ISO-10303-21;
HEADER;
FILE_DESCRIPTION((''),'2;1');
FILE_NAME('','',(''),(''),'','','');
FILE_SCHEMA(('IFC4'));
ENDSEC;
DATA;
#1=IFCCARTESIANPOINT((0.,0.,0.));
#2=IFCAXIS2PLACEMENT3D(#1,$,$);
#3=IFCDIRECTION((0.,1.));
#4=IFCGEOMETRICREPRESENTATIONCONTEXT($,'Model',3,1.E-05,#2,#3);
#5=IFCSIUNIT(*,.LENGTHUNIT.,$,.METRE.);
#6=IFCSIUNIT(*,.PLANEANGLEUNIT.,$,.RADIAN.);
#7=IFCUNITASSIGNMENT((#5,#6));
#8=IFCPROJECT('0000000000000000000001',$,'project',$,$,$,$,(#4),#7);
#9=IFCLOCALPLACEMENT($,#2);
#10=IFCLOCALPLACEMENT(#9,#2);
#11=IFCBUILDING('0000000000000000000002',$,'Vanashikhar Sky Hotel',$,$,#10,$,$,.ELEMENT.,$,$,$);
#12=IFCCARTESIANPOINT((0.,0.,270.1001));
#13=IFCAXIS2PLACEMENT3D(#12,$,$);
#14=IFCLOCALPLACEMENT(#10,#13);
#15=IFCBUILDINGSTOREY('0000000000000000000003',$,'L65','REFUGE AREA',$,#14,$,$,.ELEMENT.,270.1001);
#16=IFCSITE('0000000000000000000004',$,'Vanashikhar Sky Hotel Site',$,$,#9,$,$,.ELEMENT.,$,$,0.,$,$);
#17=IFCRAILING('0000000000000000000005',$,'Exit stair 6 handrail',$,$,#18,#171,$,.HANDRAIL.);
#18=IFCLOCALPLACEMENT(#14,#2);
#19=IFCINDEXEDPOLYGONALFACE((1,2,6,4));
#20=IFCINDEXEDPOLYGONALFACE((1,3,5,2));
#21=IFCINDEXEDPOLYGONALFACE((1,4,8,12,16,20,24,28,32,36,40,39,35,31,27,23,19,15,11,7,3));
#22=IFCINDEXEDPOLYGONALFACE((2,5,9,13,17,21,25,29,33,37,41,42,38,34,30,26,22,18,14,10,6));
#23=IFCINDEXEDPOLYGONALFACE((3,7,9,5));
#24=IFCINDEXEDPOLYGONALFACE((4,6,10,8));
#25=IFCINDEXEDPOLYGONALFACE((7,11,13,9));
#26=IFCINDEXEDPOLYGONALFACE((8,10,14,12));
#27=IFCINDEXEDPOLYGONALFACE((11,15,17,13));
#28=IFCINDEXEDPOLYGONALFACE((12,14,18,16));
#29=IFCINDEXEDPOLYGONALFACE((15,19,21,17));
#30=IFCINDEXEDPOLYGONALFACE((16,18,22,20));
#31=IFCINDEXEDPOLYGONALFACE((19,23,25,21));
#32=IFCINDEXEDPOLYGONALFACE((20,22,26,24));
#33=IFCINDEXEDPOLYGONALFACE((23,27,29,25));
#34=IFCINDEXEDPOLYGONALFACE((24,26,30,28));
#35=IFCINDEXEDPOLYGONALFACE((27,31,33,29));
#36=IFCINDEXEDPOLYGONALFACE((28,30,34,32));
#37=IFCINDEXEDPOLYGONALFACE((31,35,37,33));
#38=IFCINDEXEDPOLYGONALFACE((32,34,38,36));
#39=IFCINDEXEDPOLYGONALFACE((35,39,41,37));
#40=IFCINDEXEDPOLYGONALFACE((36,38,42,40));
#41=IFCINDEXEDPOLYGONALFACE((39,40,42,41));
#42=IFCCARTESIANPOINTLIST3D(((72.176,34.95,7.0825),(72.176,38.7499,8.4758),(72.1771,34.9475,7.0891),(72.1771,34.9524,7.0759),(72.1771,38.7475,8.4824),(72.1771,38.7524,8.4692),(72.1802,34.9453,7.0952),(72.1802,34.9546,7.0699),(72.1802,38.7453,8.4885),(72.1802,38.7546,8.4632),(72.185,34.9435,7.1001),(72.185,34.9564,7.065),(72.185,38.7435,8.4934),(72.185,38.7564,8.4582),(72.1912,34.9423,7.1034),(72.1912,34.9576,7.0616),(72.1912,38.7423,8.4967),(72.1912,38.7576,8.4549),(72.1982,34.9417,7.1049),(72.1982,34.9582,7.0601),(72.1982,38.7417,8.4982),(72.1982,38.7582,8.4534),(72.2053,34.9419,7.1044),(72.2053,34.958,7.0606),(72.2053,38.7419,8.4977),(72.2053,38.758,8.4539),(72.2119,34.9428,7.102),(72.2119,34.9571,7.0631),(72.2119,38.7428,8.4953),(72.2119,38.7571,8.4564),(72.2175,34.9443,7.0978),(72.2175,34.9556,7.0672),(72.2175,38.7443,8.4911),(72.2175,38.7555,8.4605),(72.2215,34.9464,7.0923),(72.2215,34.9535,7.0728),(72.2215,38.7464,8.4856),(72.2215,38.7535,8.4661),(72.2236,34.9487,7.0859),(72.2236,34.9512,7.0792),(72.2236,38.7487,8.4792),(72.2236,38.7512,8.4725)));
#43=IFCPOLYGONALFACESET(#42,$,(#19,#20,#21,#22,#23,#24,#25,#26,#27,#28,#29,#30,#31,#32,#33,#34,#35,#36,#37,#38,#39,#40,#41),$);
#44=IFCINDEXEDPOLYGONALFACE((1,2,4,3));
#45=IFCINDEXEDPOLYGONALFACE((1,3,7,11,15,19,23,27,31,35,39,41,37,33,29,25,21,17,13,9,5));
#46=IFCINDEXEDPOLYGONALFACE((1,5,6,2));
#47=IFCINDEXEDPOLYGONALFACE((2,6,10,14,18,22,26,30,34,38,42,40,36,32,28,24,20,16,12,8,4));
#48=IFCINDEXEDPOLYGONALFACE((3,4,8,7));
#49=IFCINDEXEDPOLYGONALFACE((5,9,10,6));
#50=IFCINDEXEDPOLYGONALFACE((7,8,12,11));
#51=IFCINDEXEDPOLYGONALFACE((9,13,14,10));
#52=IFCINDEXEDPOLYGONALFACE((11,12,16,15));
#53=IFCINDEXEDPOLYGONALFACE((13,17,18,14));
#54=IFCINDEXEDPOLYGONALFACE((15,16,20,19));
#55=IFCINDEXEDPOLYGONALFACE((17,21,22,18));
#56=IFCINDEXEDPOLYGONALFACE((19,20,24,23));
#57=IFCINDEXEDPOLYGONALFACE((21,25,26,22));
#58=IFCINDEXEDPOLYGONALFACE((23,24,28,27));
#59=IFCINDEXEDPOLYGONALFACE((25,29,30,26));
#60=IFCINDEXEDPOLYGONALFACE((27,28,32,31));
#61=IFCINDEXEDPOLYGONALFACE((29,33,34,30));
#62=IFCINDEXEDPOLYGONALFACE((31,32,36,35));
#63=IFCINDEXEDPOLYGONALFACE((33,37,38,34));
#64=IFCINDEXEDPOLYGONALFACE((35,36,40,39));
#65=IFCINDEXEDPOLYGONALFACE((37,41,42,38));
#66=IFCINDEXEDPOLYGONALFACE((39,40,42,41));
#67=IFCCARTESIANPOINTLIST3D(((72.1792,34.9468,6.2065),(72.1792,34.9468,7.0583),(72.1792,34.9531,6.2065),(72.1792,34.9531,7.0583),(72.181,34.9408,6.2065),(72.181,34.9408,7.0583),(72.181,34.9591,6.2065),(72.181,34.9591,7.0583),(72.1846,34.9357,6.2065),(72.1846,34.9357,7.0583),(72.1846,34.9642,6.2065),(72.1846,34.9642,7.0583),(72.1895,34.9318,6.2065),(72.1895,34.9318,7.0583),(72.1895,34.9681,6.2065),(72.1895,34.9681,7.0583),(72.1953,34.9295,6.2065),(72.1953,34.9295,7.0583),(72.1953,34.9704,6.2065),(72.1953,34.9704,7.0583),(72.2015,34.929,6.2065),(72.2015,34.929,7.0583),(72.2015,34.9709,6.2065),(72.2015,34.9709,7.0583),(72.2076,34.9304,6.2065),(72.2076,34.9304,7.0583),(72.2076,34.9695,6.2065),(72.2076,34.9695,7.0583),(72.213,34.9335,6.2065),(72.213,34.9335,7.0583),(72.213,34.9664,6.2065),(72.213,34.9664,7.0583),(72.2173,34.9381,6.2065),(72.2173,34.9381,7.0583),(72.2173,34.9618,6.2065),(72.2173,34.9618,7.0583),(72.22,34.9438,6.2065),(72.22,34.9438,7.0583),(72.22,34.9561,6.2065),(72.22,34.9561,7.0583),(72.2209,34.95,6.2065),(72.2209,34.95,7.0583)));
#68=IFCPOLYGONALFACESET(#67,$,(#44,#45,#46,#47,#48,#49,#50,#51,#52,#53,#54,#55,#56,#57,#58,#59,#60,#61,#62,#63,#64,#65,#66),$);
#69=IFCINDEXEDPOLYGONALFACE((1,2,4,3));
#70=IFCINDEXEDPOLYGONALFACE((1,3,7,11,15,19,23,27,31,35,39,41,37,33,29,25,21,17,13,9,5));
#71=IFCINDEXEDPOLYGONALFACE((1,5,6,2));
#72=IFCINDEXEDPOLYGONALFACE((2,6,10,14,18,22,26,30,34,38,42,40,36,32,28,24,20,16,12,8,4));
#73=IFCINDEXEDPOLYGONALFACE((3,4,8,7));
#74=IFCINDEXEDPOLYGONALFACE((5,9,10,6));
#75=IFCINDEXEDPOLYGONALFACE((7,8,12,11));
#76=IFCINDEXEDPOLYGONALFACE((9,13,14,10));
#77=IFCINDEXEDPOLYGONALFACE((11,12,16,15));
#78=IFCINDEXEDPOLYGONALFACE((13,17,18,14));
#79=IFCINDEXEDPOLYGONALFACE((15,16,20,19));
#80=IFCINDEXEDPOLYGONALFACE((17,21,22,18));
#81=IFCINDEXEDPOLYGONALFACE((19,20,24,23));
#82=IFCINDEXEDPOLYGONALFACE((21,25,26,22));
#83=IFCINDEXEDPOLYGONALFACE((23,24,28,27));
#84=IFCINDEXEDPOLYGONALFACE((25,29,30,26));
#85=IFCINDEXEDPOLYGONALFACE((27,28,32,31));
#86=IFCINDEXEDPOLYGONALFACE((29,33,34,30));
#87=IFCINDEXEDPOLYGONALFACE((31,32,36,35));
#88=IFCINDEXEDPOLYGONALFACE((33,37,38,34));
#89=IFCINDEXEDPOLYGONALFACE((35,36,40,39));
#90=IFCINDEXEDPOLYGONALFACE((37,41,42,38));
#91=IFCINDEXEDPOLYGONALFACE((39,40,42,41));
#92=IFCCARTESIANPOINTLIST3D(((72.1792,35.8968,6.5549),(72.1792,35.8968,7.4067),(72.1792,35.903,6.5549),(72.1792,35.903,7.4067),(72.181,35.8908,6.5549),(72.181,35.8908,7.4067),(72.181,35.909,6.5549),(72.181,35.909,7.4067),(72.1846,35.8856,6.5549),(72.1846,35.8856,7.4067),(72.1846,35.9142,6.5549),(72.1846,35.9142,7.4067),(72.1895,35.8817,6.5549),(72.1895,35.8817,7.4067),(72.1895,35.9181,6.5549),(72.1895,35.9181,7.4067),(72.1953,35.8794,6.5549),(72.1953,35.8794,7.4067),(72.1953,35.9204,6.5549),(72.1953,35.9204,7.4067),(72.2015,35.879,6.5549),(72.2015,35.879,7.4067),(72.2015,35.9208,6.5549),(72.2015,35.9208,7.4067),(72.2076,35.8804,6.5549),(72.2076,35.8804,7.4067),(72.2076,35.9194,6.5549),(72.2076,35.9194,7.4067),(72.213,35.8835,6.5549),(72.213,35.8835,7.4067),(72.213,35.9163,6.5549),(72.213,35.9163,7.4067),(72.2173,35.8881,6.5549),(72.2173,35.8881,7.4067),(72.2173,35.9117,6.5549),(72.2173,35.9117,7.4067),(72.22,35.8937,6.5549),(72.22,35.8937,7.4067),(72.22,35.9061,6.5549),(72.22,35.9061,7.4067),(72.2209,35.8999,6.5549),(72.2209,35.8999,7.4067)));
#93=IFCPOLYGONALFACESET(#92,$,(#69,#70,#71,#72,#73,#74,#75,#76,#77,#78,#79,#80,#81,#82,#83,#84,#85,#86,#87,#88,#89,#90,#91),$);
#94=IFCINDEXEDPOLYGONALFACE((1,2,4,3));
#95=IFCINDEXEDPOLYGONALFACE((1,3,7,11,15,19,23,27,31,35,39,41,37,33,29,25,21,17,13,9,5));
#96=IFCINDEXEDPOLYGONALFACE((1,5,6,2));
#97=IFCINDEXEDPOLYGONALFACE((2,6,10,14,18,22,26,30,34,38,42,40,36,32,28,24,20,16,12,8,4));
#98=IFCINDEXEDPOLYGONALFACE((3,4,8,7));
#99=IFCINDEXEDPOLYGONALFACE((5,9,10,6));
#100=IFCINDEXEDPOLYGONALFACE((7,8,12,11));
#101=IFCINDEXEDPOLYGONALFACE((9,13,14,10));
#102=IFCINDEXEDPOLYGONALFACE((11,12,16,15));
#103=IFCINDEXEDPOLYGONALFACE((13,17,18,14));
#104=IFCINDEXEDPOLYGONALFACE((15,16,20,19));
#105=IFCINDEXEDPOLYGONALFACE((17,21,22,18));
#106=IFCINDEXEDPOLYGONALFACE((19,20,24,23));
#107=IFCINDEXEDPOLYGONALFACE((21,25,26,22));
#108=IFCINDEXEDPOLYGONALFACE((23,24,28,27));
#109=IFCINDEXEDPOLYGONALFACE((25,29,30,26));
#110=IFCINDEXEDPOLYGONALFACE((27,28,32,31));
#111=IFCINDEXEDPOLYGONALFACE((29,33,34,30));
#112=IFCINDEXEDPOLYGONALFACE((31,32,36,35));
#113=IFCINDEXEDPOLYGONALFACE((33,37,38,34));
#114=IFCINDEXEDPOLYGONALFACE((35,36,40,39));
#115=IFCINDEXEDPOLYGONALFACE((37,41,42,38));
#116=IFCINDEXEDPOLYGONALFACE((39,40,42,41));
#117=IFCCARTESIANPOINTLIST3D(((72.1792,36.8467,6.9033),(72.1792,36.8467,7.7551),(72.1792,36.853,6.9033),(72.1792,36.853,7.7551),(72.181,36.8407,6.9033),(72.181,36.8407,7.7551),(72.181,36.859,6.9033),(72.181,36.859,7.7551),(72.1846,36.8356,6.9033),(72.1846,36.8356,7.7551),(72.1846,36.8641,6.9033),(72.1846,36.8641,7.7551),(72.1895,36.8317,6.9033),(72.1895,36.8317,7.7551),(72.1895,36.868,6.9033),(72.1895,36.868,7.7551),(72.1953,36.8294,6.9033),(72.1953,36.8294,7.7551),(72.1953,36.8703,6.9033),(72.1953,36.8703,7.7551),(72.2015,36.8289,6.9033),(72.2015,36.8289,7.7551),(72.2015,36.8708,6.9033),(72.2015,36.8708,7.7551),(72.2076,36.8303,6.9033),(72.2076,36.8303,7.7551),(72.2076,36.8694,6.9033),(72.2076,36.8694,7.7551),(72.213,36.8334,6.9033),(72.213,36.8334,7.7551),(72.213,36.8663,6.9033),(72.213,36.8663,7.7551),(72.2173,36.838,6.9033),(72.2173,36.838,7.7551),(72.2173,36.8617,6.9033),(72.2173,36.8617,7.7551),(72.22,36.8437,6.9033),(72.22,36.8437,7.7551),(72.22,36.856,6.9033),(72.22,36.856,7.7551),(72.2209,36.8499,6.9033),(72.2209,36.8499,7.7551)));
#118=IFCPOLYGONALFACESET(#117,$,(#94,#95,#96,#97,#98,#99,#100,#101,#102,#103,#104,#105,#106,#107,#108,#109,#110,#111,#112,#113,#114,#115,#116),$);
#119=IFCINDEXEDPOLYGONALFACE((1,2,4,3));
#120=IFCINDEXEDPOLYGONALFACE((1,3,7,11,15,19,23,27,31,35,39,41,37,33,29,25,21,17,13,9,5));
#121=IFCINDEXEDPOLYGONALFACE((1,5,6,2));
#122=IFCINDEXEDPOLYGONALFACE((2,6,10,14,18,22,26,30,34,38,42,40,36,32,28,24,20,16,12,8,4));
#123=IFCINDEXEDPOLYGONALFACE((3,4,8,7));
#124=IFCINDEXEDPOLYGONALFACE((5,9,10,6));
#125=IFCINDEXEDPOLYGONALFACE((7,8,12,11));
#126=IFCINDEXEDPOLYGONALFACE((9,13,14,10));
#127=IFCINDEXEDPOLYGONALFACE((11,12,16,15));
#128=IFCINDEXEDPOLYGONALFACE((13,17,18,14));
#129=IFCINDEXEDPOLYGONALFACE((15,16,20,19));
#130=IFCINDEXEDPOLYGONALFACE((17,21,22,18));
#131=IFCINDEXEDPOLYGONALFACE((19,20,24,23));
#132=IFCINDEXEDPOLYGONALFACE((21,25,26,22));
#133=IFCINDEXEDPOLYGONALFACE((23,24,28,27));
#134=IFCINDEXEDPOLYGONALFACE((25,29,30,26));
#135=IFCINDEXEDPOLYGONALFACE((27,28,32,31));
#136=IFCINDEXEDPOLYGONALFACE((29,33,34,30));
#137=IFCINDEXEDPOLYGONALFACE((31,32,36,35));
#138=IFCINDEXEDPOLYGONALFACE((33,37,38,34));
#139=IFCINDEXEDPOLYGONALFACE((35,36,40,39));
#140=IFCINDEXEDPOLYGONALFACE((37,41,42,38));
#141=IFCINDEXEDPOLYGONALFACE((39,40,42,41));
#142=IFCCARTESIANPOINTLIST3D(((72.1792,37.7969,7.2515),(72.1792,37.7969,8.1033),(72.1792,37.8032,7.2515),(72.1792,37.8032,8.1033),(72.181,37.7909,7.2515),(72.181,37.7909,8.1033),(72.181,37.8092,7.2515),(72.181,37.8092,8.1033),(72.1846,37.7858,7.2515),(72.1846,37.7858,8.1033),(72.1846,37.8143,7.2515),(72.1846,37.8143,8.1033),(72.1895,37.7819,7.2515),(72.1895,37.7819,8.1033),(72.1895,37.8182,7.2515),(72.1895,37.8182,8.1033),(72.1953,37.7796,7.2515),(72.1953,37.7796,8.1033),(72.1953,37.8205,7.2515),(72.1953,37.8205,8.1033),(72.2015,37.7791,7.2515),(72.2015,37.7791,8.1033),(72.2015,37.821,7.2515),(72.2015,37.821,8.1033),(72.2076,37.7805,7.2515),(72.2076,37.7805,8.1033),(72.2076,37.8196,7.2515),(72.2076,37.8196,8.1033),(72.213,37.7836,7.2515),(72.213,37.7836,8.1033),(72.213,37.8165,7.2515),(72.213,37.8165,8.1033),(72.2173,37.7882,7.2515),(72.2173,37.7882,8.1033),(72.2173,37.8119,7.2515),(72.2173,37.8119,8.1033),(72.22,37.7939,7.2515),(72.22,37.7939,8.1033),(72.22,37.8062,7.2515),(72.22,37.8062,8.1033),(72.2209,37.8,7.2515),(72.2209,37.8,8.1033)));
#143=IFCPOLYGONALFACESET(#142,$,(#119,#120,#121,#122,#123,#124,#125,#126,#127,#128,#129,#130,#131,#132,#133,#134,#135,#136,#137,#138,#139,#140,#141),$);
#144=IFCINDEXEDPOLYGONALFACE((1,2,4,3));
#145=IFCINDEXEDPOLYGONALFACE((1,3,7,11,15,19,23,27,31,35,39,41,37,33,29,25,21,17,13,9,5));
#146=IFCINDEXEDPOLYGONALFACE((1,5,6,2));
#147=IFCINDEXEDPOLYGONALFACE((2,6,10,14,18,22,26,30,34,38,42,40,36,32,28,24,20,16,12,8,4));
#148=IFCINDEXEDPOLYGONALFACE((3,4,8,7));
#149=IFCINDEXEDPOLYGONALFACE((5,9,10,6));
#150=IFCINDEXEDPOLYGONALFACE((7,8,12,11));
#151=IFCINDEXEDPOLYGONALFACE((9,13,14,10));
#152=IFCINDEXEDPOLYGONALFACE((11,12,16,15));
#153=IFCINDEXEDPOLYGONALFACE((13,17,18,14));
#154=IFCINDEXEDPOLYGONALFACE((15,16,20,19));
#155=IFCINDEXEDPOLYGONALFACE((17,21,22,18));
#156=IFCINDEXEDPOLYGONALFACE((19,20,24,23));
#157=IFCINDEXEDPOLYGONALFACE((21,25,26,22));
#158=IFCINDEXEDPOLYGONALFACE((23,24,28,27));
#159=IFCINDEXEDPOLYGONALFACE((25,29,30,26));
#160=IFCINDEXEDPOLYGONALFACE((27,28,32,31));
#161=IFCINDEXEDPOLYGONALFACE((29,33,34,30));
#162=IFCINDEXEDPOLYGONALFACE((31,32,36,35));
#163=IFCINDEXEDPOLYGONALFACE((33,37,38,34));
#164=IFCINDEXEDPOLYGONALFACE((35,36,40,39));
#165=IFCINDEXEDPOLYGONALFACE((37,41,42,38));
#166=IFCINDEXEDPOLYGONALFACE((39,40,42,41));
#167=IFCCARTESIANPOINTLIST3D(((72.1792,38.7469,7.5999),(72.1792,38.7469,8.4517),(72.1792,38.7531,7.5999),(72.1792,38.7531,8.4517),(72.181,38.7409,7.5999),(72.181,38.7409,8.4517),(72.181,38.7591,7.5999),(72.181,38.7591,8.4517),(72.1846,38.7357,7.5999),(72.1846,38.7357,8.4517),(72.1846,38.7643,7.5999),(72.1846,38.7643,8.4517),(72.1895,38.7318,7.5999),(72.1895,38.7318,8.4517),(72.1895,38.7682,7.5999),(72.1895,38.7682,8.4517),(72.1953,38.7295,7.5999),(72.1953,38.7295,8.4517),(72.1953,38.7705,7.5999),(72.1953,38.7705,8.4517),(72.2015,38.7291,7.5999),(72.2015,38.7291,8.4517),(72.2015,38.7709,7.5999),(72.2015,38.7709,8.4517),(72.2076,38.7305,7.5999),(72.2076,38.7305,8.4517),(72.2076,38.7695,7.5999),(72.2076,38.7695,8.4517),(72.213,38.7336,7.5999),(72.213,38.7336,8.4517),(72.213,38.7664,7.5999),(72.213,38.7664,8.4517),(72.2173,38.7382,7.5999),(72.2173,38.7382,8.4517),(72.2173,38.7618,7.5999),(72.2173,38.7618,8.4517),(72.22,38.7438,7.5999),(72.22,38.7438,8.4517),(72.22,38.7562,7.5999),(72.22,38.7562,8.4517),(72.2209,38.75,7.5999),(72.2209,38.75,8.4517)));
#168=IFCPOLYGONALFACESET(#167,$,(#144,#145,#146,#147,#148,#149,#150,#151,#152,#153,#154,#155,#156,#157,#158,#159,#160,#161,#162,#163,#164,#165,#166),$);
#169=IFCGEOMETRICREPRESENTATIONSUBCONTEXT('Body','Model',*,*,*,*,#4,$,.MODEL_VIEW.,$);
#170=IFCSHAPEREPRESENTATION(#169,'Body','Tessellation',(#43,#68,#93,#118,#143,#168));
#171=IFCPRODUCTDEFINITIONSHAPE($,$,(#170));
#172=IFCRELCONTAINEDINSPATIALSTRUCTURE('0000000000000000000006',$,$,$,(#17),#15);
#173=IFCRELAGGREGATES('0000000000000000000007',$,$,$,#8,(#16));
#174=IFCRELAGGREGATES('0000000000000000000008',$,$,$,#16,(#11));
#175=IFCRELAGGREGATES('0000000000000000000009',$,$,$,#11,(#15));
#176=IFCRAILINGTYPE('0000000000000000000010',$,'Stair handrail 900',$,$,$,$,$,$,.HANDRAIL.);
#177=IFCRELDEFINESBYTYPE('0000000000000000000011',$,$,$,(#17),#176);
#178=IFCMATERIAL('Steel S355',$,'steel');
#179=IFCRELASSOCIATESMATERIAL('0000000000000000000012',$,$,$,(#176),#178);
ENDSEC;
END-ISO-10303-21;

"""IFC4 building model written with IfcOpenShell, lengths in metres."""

from ifc_helpers import new_model, si_unit, direction, frame, origin, origin_2d, place, context, subcontext, project, spatial, circle, extrude, source, transform, mapped, material, type_object, element, save


model = new_model("IFC4")

# Units and contexts
model_context = context("Model", 3, precision=1e-05, world=origin(), true_north=direction((0.0, 1.0)))
body_context = subcontext(model_context, "Body", "Model", "MODEL_VIEW")
ifc_project = project(units=[si_unit("LENGTHUNIT", "METRE"), si_unit("PLANEANGLEUNIT", "RADIAN")], contexts=[model_context])

# Site, building, storey
site_placement = place(None, origin())
site = spatial("IfcSite", under=ifc_project, at=site_placement, Name="Vanashikhar Sky Hotel Site", CompositionType="ELEMENT", RefElevation=0.0)
building_placement = place(site_placement, origin())
building = spatial("IfcBuilding", under=site, at=building_placement, Name="Vanashikhar Sky Hotel", CompositionType="ELEMENT")
storey_placement = place(building_placement, frame((0.0, 0.0, 270.1001)))
storey = spatial("IfcBuildingStorey", under=building, at=storey_placement, Name="L65", Description="REFUGE AREA", CompositionType="ELEMENT", Elevation=270.1001)

# Railing
ifc_material_1 = material(Name="Steel S355", Category="steel")
railing_type_1 = type_object("IfcRailingType", Name="Stair handrail 900", PredefinedType="HANDRAIL", material=ifc_material_1)
shared_shape_1 = source(origin(), body_context, "Body", "SweptSolid", [
    extrude(circle(Radius=0.0239, at=origin_2d()), frame((0.0, 0.0, 0.876), z_axis=(0.0, 0.93888, 0.344246), x_axis=(-1.0, 0.0, 0.0)), (0.0, 0.0, 1.0), 4.0474),
    extrude(circle(Radius=0.021, at=origin_2d()), origin(), (0.0, 0.0, 1.0), 0.8518),
    extrude(circle(Radius=0.021, at=origin_2d()), frame((0.0, 0.95, 0.3484)), (0.0, 0.0, 1.0), 0.8518),
    extrude(circle(Radius=0.021, at=origin_2d()), frame((0.0, 1.8999, 0.6968)), (0.0, 0.0, 1.0), 0.8518),
    extrude(circle(Radius=0.021, at=origin_2d()), frame((0.0, 2.8501, 1.0449)), (0.0, 0.0, 1.0), 0.8518),
    extrude(circle(Radius=0.021, at=origin_2d()), frame((0.0, 3.8, 1.3933)), (0.0, 0.0, 1.0), 0.8518),
])
for number, where, name in (
    (1, (72.2, 34.95, 6.2065), "Exit stair 6 handrail"),
):
    element("IfcRailing", number, at=place(storey_placement, frame(where)), inside=storey, type_object=railing_type_1, Name=name, PredefinedType="HANDRAIL", context=body_context, shape_type="MappedRepresentation", body=[
        mapped(shared_shape_1, transform((0.0, 0.0, 0.0), scale=1.0)),
    ])

save(model, "model.ifc")
